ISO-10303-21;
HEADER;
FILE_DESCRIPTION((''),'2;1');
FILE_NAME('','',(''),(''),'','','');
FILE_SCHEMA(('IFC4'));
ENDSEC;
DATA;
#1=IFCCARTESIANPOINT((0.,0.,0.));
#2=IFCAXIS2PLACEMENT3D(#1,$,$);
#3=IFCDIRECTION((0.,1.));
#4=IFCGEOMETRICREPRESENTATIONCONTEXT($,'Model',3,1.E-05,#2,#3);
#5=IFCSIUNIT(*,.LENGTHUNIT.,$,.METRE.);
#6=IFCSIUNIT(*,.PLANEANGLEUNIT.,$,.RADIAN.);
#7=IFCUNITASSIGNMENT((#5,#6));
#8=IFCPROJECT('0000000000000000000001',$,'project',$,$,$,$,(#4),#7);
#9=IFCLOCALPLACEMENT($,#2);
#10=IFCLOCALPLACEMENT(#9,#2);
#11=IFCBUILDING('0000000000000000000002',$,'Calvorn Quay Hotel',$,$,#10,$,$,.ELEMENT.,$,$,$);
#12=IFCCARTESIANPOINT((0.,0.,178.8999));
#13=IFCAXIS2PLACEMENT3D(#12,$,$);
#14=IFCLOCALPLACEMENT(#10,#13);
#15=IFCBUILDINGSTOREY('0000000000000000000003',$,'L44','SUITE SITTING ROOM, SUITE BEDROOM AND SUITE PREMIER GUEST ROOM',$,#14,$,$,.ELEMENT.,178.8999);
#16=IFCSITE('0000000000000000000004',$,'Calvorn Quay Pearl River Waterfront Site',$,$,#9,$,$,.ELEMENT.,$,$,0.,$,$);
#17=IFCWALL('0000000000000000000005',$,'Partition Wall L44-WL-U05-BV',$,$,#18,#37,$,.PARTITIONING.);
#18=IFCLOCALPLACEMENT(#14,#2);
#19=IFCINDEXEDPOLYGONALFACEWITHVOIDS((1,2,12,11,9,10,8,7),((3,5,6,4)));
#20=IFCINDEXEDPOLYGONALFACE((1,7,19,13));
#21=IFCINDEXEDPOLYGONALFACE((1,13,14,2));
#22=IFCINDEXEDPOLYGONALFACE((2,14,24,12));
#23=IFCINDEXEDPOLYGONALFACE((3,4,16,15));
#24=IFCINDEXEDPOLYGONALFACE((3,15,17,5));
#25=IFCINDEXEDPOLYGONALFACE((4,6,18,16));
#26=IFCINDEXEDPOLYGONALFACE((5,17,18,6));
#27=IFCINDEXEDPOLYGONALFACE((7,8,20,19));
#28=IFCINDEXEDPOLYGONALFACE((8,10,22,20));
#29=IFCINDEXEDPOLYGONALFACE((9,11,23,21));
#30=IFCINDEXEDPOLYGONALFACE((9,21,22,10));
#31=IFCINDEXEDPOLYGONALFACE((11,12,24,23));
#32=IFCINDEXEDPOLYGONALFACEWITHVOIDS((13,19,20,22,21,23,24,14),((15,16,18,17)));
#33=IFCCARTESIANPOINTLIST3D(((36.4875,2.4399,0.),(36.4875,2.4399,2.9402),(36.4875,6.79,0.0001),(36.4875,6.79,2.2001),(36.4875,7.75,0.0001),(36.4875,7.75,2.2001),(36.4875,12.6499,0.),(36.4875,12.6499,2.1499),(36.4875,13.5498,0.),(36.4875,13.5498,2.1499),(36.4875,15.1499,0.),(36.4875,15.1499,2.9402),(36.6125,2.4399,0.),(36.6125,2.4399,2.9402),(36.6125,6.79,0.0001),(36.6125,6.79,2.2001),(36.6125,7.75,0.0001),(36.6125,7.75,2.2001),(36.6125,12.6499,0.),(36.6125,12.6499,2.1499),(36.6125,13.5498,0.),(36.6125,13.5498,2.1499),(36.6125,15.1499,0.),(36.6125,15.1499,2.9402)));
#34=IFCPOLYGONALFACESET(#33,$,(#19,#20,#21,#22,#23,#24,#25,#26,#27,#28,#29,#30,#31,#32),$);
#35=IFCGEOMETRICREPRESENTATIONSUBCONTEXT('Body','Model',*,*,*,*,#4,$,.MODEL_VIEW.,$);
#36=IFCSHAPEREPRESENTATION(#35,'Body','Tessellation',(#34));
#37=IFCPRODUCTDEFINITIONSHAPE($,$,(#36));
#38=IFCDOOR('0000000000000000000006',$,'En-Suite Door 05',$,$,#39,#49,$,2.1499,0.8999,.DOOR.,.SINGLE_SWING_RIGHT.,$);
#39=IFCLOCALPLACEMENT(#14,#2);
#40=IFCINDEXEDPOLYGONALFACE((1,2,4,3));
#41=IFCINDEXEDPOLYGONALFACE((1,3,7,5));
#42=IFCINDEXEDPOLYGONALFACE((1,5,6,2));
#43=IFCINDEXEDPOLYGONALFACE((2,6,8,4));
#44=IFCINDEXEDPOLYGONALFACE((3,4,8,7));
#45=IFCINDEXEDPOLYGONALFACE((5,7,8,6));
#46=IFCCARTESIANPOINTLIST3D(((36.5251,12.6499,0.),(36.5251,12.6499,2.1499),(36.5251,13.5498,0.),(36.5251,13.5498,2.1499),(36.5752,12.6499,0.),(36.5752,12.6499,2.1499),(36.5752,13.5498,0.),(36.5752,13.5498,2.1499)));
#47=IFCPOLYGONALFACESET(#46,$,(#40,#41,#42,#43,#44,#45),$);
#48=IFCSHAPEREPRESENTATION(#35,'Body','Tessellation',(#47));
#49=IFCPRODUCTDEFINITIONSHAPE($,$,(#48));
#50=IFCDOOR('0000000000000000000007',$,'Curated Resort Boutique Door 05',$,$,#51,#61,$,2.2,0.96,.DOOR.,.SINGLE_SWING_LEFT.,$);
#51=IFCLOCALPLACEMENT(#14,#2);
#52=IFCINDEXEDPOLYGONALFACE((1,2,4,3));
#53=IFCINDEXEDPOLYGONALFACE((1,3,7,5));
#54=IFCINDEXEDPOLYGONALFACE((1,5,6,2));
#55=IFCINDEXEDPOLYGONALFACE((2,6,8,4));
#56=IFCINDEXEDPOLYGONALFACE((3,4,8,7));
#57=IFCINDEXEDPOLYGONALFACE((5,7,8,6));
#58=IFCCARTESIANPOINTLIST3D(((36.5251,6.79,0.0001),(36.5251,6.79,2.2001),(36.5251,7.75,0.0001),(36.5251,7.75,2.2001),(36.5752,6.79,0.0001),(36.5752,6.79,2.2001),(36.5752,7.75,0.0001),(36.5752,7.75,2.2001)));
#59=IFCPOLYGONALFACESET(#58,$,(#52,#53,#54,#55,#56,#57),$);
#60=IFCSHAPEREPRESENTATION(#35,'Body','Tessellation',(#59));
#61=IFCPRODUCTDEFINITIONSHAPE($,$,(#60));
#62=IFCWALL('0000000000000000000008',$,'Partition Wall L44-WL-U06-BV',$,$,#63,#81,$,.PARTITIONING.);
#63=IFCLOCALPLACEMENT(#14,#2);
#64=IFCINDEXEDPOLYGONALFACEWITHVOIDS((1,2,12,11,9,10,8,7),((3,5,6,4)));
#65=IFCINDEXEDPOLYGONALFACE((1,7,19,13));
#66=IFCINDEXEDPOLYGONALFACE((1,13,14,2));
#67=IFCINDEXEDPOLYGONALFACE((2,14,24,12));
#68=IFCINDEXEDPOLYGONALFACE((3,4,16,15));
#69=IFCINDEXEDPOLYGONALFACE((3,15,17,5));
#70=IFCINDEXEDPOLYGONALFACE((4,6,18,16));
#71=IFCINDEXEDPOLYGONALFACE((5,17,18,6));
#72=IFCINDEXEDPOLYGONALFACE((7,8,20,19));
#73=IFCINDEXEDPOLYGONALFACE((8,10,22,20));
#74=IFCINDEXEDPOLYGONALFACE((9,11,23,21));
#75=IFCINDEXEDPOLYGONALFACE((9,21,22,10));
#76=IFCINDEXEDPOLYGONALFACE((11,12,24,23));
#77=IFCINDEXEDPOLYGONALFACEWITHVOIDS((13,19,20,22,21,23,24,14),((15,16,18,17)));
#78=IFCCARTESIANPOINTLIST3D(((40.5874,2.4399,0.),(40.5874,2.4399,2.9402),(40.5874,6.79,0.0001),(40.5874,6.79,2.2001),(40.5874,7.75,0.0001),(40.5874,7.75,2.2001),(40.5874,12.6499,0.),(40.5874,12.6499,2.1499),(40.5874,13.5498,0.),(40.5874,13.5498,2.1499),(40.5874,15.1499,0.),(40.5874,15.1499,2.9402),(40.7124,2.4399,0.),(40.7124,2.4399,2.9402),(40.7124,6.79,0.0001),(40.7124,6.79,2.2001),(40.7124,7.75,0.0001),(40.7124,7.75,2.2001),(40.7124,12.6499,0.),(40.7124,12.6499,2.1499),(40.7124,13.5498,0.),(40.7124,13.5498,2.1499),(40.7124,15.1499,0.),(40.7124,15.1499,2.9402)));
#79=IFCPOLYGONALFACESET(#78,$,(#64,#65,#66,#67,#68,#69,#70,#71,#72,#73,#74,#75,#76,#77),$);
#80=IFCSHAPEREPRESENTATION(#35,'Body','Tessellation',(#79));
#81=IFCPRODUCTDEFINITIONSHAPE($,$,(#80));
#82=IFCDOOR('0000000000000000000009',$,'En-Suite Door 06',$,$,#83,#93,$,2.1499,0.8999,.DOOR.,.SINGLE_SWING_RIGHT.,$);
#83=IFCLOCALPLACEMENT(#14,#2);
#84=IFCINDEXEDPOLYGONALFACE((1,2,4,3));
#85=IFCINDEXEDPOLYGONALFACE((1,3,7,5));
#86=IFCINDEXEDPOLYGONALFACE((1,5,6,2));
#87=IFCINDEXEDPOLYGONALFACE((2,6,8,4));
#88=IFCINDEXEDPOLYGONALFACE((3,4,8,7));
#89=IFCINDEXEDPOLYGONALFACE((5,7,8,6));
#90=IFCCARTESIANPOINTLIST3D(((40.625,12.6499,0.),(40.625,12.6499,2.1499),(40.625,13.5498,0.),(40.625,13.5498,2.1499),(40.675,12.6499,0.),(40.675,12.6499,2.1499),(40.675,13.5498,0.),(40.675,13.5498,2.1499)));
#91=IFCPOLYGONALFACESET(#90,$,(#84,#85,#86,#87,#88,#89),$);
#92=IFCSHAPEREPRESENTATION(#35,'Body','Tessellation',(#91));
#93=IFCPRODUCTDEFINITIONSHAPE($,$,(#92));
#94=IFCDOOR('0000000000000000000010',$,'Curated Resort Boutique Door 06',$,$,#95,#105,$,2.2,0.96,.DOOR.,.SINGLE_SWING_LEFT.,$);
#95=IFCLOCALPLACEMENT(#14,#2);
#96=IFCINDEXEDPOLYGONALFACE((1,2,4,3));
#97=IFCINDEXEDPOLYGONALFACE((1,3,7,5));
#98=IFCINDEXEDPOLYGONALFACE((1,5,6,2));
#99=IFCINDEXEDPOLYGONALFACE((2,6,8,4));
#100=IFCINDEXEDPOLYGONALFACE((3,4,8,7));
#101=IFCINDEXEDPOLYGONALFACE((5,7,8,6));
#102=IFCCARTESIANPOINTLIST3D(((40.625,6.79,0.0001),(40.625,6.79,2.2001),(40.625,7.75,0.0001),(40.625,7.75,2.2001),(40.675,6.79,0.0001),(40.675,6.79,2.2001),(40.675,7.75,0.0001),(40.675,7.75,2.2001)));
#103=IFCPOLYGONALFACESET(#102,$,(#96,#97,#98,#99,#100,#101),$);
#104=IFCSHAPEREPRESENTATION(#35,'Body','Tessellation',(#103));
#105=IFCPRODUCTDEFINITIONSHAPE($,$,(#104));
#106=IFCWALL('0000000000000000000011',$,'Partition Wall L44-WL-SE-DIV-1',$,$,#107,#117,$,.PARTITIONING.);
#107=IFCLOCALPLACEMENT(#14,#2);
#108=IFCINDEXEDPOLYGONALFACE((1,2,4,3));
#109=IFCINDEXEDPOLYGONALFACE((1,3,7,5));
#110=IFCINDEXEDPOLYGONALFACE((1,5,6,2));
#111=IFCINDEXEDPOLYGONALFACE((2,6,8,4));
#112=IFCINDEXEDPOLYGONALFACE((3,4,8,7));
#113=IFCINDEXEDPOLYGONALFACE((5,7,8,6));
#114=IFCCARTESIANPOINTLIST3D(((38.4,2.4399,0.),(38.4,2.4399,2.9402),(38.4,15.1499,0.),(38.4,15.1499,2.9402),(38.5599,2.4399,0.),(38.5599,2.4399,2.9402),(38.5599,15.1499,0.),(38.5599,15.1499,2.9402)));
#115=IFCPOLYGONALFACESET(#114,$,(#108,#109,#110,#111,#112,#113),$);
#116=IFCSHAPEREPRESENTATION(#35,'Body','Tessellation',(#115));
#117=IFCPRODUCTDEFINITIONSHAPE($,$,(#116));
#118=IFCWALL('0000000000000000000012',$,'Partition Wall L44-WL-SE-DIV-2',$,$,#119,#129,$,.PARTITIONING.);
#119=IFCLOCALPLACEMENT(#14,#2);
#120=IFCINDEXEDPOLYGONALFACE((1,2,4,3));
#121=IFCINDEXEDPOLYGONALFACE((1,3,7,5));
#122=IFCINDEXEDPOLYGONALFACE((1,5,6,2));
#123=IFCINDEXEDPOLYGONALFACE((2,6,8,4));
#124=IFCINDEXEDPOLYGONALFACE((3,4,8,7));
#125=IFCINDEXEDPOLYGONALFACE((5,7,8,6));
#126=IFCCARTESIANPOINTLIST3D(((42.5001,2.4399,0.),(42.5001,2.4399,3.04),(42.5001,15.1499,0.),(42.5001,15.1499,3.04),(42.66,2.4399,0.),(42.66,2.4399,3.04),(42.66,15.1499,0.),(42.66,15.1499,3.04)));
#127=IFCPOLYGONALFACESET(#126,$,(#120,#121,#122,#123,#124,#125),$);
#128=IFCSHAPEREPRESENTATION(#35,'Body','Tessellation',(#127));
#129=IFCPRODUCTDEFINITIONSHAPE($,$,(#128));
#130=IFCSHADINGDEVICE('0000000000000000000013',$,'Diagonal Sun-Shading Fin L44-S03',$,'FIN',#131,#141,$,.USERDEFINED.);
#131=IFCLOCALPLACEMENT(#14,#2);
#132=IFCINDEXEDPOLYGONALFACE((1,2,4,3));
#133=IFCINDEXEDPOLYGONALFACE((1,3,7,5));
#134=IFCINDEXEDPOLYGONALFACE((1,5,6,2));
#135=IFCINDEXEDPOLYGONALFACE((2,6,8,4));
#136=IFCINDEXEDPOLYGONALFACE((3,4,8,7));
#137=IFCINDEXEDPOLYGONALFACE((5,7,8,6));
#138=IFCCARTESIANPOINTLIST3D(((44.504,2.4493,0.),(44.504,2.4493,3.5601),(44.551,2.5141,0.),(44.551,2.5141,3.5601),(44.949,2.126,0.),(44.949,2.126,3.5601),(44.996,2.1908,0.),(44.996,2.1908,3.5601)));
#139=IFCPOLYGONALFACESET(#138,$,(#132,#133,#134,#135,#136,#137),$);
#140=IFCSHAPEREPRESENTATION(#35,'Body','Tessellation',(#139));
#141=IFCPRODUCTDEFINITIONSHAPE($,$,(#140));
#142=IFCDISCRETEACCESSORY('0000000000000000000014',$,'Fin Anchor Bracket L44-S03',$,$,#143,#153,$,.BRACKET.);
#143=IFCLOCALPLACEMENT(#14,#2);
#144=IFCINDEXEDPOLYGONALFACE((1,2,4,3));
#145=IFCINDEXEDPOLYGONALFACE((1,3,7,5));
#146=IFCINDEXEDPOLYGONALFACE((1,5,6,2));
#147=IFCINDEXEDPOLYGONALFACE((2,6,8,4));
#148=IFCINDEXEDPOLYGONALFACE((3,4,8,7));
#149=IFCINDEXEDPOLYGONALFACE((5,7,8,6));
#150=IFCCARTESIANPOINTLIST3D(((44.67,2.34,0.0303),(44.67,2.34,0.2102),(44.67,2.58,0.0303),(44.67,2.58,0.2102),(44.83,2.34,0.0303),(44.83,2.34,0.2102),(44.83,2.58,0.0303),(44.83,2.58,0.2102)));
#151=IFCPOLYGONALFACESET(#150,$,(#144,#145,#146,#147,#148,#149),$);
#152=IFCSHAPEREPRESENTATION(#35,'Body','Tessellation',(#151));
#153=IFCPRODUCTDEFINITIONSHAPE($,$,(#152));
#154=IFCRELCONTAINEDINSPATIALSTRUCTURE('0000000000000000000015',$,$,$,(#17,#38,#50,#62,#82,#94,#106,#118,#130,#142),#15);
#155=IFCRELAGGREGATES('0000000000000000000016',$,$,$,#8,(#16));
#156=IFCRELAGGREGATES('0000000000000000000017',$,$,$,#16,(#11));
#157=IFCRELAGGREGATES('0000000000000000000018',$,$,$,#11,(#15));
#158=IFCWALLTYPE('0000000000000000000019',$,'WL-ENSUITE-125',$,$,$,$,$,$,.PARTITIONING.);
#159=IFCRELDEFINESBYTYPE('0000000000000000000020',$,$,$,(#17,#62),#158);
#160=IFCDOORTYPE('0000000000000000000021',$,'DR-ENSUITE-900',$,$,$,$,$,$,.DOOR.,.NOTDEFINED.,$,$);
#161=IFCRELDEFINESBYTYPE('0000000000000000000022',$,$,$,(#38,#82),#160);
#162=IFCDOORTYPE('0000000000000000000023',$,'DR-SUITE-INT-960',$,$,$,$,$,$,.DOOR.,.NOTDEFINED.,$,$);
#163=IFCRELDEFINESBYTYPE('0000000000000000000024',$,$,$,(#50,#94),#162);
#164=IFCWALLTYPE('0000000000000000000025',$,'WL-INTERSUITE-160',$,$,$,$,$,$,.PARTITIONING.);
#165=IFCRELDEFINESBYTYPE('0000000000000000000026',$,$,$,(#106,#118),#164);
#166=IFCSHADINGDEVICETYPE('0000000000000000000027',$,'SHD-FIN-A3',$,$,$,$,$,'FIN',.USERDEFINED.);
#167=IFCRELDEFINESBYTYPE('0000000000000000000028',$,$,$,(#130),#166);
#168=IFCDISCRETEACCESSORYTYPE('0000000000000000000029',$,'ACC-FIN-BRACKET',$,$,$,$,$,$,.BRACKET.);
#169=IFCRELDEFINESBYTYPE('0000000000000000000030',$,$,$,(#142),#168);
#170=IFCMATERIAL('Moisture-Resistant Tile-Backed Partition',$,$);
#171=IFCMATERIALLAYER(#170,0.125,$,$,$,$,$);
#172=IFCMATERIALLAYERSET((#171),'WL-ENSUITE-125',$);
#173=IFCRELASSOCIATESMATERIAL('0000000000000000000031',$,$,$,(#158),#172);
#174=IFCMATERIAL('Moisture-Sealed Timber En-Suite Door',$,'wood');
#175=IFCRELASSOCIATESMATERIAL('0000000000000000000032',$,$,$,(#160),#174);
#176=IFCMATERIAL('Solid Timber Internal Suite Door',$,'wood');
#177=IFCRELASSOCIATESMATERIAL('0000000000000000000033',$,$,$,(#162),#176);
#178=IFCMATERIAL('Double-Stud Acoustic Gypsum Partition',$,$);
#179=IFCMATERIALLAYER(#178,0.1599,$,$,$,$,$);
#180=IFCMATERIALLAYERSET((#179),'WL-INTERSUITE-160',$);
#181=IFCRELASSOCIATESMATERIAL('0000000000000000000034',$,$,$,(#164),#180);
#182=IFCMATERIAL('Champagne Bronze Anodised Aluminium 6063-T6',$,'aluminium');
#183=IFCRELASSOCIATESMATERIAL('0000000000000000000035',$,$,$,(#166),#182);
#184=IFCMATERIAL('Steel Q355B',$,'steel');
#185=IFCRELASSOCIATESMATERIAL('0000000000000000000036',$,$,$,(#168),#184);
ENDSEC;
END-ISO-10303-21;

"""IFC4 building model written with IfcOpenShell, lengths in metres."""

from ifc_helpers import new_model, si_unit, direction, frame, frame_2d, origin, origin_2d, place, context, subcontext, project, spatial, rectangle, extrude, material, layer, layer_set, type_object, element, fill, save


model = new_model("IFC4")

# Units and contexts
model_context = context("Model", 3, precision=1e-05, world=origin(), true_north=direction((0.0, 1.0)))
body_context = subcontext(model_context, "Body", "Model", "MODEL_VIEW")
ifc_project = project(units=[si_unit("LENGTHUNIT", "METRE"), si_unit("PLANEANGLEUNIT", "RADIAN")], contexts=[model_context])

# Site, building, storey
site_placement = place(None, origin())
site = spatial("IfcSite", under=ifc_project, at=site_placement, Name="Calvorn Quay Pearl River Waterfront Site", CompositionType="ELEMENT", RefElevation=0.0)
building_placement = place(site_placement, origin())
building = spatial("IfcBuilding", under=site, at=building_placement, Name="Calvorn Quay Hotel", CompositionType="ELEMENT")
storey_placement = place(building_placement, frame((0.0, 0.0, 178.8999)))
storey = spatial("IfcBuildingStorey", under=building, at=storey_placement, Name="L44", Description="SUITE SITTING ROOM, SUITE BEDROOM AND SUITE PREMIER GUEST ROOM", CompositionType="ELEMENT", Elevation=178.8999)

# Walls, openings, doors
ifc_material_1 = material(Name="Moisture-Resistant Tile-Backed Partition")
ifc_layer_1 = layer(ifc_material_1, 0.125)
ifc_layer_set_1 = layer_set([ifc_layer_1], Name="WL-ENSUITE-125")
wall_type_1 = type_object("IfcWallType", Name="WL-ENSUITE-125", PredefinedType="PARTITIONING", material=ifc_layer_set_1)
wall_1_placement = place(storey_placement, frame((36.55, 2.4399, 0.0), z_axis=(0.0, 0.0, 1.0), x_axis=(0.0, 1.0, 0.0)))
wall_1 = element("IfcWall", 1, at=wall_1_placement, inside=storey, type_object=wall_type_1, Name="Partition Wall L44-WL-U05-BV", PredefinedType="PARTITIONING", context=body_context, shape_type="SweptSolid", body=[
    extrude(rectangle(XDim=12.71, YDim=0.125, at=frame_2d((6.355, 0.0))), origin(), (0.0, 0.0, 1.0), 2.9402),
])
opening_1_placement = place(wall_1_placement, frame((4.3501, 0.0, 0.0)))
opening_1 = element("IfcOpeningElement", 2, at=opening_1_placement, cuts=wall_1, PredefinedType="OPENING", context=body_context, shape_type="SweptSolid", body=[
    extrude(rectangle(XDim=0.96, YDim=2.2, at=frame_2d((0.48, 1.1001))), frame((0.0, 0.0725, 0.0), z_axis=(0.0, -1.0, 0.0), x_axis=(1.0, 0.0, 0.0)), (0.0, 0.0, 1.0), 0.145),
])
opening_2_placement = place(wall_1_placement, frame((10.21, 0.0, 0.0)))
opening_2 = element("IfcOpeningElement", 3, at=opening_2_placement, cuts=wall_1, PredefinedType="OPENING", context=body_context, shape_type="SweptSolid", body=[
    extrude(rectangle(XDim=0.8999, YDim=2.1499, at=frame_2d((0.45, 1.075))), frame((0.0, 0.0725, 0.0), z_axis=(0.0, -1.0, 0.0), x_axis=(1.0, 0.0, 0.0)), (0.0, 0.0, 1.0), 0.145),
])
ifc_material_2 = material(Name="Moisture-Sealed Timber En-Suite Door", Category="wood")
door_type_1 = type_object("IfcDoorType", Name="DR-ENSUITE-900", OperationType="NOTDEFINED", PredefinedType="DOOR", material=ifc_material_2)
door_1_placement = place(opening_2_placement, origin())
door_1 = element("IfcDoor", 4, at=door_1_placement, inside=storey, type_object=door_type_1, Name="En-Suite Door 05", OperationType="SINGLE_SWING_RIGHT", OverallHeight=2.1499, OverallWidth=0.8999, PredefinedType="DOOR", context=body_context, shape_type="SweptSolid", body=[
    extrude(rectangle(XDim=0.8999, YDim=2.1499, at=frame_2d((0.45, 1.075))), frame((0.0, 0.0249, 0.0), z_axis=(0.0, -1.0, 0.0), x_axis=(1.0, 0.0, 0.0)), (0.0, 0.0, 1.0), 0.05),
])
fill(opening_2, door_1)
ifc_material_3 = material(Name="Solid Timber Internal Suite Door", Category="wood")
door_type_2 = type_object("IfcDoorType", Name="DR-SUITE-INT-960", OperationType="NOTDEFINED", PredefinedType="DOOR", material=ifc_material_3)
door_2_placement = place(opening_1_placement, origin())
door_2 = element("IfcDoor", 5, at=door_2_placement, inside=storey, type_object=door_type_2, Name="Curated Resort Boutique Door 05", OperationType="SINGLE_SWING_LEFT", OverallHeight=2.2, OverallWidth=0.96, PredefinedType="DOOR", context=body_context, shape_type="SweptSolid", body=[
    extrude(rectangle(XDim=0.96, YDim=2.2, at=frame_2d((0.48, 1.1001))), frame((0.0, 0.0249, 0.0), z_axis=(0.0, -1.0, 0.0), x_axis=(1.0, 0.0, 0.0)), (0.0, 0.0, 1.0), 0.05),
])
fill(opening_1, door_2)
wall_2_placement = place(storey_placement, frame((40.6499, 2.4399, 0.0), z_axis=(0.0, 0.0, 1.0), x_axis=(0.0, 1.0, 0.0)))
wall_2 = element("IfcWall", 6, at=wall_2_placement, inside=storey, type_object=wall_type_1, Name="Partition Wall L44-WL-U06-BV", PredefinedType="PARTITIONING", context=body_context, shape_type="SweptSolid", body=[
    extrude(rectangle(XDim=12.71, YDim=0.125, at=frame_2d((6.355, 0.0))), origin(), (0.0, 0.0, 1.0), 2.9402),
])
opening_3_placement = place(wall_2_placement, frame((4.3501, 0.0, 0.0)))
opening_3 = element("IfcOpeningElement", 7, at=opening_3_placement, cuts=wall_2, PredefinedType="OPENING", context=body_context, shape_type="SweptSolid", body=[
    extrude(rectangle(XDim=0.96, YDim=2.2, at=frame_2d((0.48, 1.1001))), frame((0.0, 0.0725, 0.0), z_axis=(0.0, -1.0, 0.0), x_axis=(1.0, 0.0, 0.0)), (0.0, 0.0, 1.0), 0.145),
])
opening_4_placement = place(wall_2_placement, frame((10.21, 0.0, 0.0)))
opening_4 = element("IfcOpeningElement", 8, at=opening_4_placement, cuts=wall_2, PredefinedType="OPENING", context=body_context, shape_type="SweptSolid", body=[
    extrude(rectangle(XDim=0.8999, YDim=2.1499, at=frame_2d((0.45, 1.075))), frame((0.0, 0.0725, 0.0), z_axis=(0.0, -1.0, 0.0), x_axis=(1.0, 0.0, 0.0)), (0.0, 0.0, 1.0), 0.145),
])
door_3_placement = place(opening_4_placement, origin())
door_3 = element("IfcDoor", 9, at=door_3_placement, inside=storey, type_object=door_type_1, Name="En-Suite Door 06", OperationType="SINGLE_SWING_RIGHT", OverallHeight=2.1499, OverallWidth=0.8999, PredefinedType="DOOR", context=body_context, shape_type="SweptSolid", body=[
    extrude(rectangle(XDim=0.8999, YDim=2.1499, at=frame_2d((0.45, 1.075))), frame((0.0, 0.0249, 0.0), z_axis=(0.0, -1.0, 0.0), x_axis=(1.0, 0.0, 0.0)), (0.0, 0.0, 1.0), 0.05),
])
fill(opening_4, door_3)
door_4_placement = place(opening_3_placement, origin())
door_4 = element("IfcDoor", 10, at=door_4_placement, inside=storey, type_object=door_type_2, Name="Curated Resort Boutique Door 06", OperationType="SINGLE_SWING_LEFT", OverallHeight=2.2, OverallWidth=0.96, PredefinedType="DOOR", context=body_context, shape_type="SweptSolid", body=[
    extrude(rectangle(XDim=0.96, YDim=2.2, at=frame_2d((0.48, 1.1001))), frame((0.0, 0.0249, 0.0), z_axis=(0.0, -1.0, 0.0), x_axis=(1.0, 0.0, 0.0)), (0.0, 0.0, 1.0), 0.05),
])
fill(opening_3, door_4)

# Walls
ifc_material_4 = material(Name="Double-Stud Acoustic Gypsum Partition")
ifc_layer_2 = layer(ifc_material_4, 0.1599)
ifc_layer_set_2 = layer_set([ifc_layer_2], Name="WL-INTERSUITE-160")
wall_type_2 = type_object("IfcWallType", Name="WL-INTERSUITE-160", PredefinedType="PARTITIONING", material=ifc_layer_set_2)
wall_3_placement = place(storey_placement, frame((38.48, 2.4399, 0.0), z_axis=(0.0, 0.0, 1.0), x_axis=(0.0, 1.0, 0.0)))
element("IfcWall", 11, at=wall_3_placement, inside=storey, type_object=wall_type_2, Name="Partition Wall L44-WL-SE-DIV-1", PredefinedType="PARTITIONING", context=body_context, shape_type="SweptSolid", body=[
    extrude(rectangle(XDim=12.71, YDim=0.1599, at=frame_2d((6.355, 0.0))), origin(), (0.0, 0.0, 1.0), 2.9402),
])
wall_4_placement = place(storey_placement, frame((42.5801, 2.4399, 0.0), z_axis=(0.0, 0.0, 1.0), x_axis=(0.0, 1.0, 0.0)))
element("IfcWall", 12, at=wall_4_placement, inside=storey, type_object=wall_type_2, Name="Partition Wall L44-WL-SE-DIV-2", PredefinedType="PARTITIONING", context=body_context, shape_type="SweptSolid", body=[
    extrude(rectangle(XDim=12.71, YDim=0.1599, at=frame_2d((6.355, 0.0))), origin(), (0.0, 0.0, 1.0), 3.04),
])

# Shading device
ifc_material_5 = material(Name="Champagne Bronze Anodised Aluminium 6063-T6", Category="aluminium")
shading_device_type = type_object("IfcShadingDeviceType", Name="SHD-FIN-A3", ElementType="FIN", PredefinedType="USERDEFINED", material=ifc_material_5)
shading_device_placement = place(storey_placement, frame((44.75, 2.3201, 0.0), z_axis=(0.0, 0.0, 1.0), x_axis=(-0.809017, 0.587785, 0.0)))
element("IfcShadingDevice", 13, at=shading_device_placement, inside=storey, type_object=shading_device_type, Name="Diagonal Sun-Shading Fin L44-S03", ObjectType="FIN", PredefinedType="USERDEFINED", context=body_context, shape_type="SweptSolid", body=[
    extrude(rectangle(XDim=0.55, YDim=0.0801, at=origin_2d()), origin(), (0.0, 0.0, 1.0), 3.5601),
])

# Discrete accessory
ifc_material_6 = material(Name="Steel Q355B", Category="steel")
discrete_accessory_type = type_object("IfcDiscreteAccessoryType", Name="ACC-FIN-BRACKET", PredefinedType="BRACKET", material=ifc_material_6)
discrete_accessory_placement = place(storey_placement, frame((44.75, 2.46, 0.0303), z_axis=(0.0, 0.0, 1.0), x_axis=(0.0, 1.0, 0.0)))
element("IfcDiscreteAccessory", 14, at=discrete_accessory_placement, inside=storey, type_object=discrete_accessory_type, Name="Fin Anchor Bracket L44-S03", PredefinedType="BRACKET", context=body_context, shape_type="SweptSolid", body=[
    extrude(rectangle(XDim=0.24, YDim=0.1599, at=origin_2d()), origin(), (0.0, 0.0, 1.0), 0.1799),
])

save(model, "model.ifc")
